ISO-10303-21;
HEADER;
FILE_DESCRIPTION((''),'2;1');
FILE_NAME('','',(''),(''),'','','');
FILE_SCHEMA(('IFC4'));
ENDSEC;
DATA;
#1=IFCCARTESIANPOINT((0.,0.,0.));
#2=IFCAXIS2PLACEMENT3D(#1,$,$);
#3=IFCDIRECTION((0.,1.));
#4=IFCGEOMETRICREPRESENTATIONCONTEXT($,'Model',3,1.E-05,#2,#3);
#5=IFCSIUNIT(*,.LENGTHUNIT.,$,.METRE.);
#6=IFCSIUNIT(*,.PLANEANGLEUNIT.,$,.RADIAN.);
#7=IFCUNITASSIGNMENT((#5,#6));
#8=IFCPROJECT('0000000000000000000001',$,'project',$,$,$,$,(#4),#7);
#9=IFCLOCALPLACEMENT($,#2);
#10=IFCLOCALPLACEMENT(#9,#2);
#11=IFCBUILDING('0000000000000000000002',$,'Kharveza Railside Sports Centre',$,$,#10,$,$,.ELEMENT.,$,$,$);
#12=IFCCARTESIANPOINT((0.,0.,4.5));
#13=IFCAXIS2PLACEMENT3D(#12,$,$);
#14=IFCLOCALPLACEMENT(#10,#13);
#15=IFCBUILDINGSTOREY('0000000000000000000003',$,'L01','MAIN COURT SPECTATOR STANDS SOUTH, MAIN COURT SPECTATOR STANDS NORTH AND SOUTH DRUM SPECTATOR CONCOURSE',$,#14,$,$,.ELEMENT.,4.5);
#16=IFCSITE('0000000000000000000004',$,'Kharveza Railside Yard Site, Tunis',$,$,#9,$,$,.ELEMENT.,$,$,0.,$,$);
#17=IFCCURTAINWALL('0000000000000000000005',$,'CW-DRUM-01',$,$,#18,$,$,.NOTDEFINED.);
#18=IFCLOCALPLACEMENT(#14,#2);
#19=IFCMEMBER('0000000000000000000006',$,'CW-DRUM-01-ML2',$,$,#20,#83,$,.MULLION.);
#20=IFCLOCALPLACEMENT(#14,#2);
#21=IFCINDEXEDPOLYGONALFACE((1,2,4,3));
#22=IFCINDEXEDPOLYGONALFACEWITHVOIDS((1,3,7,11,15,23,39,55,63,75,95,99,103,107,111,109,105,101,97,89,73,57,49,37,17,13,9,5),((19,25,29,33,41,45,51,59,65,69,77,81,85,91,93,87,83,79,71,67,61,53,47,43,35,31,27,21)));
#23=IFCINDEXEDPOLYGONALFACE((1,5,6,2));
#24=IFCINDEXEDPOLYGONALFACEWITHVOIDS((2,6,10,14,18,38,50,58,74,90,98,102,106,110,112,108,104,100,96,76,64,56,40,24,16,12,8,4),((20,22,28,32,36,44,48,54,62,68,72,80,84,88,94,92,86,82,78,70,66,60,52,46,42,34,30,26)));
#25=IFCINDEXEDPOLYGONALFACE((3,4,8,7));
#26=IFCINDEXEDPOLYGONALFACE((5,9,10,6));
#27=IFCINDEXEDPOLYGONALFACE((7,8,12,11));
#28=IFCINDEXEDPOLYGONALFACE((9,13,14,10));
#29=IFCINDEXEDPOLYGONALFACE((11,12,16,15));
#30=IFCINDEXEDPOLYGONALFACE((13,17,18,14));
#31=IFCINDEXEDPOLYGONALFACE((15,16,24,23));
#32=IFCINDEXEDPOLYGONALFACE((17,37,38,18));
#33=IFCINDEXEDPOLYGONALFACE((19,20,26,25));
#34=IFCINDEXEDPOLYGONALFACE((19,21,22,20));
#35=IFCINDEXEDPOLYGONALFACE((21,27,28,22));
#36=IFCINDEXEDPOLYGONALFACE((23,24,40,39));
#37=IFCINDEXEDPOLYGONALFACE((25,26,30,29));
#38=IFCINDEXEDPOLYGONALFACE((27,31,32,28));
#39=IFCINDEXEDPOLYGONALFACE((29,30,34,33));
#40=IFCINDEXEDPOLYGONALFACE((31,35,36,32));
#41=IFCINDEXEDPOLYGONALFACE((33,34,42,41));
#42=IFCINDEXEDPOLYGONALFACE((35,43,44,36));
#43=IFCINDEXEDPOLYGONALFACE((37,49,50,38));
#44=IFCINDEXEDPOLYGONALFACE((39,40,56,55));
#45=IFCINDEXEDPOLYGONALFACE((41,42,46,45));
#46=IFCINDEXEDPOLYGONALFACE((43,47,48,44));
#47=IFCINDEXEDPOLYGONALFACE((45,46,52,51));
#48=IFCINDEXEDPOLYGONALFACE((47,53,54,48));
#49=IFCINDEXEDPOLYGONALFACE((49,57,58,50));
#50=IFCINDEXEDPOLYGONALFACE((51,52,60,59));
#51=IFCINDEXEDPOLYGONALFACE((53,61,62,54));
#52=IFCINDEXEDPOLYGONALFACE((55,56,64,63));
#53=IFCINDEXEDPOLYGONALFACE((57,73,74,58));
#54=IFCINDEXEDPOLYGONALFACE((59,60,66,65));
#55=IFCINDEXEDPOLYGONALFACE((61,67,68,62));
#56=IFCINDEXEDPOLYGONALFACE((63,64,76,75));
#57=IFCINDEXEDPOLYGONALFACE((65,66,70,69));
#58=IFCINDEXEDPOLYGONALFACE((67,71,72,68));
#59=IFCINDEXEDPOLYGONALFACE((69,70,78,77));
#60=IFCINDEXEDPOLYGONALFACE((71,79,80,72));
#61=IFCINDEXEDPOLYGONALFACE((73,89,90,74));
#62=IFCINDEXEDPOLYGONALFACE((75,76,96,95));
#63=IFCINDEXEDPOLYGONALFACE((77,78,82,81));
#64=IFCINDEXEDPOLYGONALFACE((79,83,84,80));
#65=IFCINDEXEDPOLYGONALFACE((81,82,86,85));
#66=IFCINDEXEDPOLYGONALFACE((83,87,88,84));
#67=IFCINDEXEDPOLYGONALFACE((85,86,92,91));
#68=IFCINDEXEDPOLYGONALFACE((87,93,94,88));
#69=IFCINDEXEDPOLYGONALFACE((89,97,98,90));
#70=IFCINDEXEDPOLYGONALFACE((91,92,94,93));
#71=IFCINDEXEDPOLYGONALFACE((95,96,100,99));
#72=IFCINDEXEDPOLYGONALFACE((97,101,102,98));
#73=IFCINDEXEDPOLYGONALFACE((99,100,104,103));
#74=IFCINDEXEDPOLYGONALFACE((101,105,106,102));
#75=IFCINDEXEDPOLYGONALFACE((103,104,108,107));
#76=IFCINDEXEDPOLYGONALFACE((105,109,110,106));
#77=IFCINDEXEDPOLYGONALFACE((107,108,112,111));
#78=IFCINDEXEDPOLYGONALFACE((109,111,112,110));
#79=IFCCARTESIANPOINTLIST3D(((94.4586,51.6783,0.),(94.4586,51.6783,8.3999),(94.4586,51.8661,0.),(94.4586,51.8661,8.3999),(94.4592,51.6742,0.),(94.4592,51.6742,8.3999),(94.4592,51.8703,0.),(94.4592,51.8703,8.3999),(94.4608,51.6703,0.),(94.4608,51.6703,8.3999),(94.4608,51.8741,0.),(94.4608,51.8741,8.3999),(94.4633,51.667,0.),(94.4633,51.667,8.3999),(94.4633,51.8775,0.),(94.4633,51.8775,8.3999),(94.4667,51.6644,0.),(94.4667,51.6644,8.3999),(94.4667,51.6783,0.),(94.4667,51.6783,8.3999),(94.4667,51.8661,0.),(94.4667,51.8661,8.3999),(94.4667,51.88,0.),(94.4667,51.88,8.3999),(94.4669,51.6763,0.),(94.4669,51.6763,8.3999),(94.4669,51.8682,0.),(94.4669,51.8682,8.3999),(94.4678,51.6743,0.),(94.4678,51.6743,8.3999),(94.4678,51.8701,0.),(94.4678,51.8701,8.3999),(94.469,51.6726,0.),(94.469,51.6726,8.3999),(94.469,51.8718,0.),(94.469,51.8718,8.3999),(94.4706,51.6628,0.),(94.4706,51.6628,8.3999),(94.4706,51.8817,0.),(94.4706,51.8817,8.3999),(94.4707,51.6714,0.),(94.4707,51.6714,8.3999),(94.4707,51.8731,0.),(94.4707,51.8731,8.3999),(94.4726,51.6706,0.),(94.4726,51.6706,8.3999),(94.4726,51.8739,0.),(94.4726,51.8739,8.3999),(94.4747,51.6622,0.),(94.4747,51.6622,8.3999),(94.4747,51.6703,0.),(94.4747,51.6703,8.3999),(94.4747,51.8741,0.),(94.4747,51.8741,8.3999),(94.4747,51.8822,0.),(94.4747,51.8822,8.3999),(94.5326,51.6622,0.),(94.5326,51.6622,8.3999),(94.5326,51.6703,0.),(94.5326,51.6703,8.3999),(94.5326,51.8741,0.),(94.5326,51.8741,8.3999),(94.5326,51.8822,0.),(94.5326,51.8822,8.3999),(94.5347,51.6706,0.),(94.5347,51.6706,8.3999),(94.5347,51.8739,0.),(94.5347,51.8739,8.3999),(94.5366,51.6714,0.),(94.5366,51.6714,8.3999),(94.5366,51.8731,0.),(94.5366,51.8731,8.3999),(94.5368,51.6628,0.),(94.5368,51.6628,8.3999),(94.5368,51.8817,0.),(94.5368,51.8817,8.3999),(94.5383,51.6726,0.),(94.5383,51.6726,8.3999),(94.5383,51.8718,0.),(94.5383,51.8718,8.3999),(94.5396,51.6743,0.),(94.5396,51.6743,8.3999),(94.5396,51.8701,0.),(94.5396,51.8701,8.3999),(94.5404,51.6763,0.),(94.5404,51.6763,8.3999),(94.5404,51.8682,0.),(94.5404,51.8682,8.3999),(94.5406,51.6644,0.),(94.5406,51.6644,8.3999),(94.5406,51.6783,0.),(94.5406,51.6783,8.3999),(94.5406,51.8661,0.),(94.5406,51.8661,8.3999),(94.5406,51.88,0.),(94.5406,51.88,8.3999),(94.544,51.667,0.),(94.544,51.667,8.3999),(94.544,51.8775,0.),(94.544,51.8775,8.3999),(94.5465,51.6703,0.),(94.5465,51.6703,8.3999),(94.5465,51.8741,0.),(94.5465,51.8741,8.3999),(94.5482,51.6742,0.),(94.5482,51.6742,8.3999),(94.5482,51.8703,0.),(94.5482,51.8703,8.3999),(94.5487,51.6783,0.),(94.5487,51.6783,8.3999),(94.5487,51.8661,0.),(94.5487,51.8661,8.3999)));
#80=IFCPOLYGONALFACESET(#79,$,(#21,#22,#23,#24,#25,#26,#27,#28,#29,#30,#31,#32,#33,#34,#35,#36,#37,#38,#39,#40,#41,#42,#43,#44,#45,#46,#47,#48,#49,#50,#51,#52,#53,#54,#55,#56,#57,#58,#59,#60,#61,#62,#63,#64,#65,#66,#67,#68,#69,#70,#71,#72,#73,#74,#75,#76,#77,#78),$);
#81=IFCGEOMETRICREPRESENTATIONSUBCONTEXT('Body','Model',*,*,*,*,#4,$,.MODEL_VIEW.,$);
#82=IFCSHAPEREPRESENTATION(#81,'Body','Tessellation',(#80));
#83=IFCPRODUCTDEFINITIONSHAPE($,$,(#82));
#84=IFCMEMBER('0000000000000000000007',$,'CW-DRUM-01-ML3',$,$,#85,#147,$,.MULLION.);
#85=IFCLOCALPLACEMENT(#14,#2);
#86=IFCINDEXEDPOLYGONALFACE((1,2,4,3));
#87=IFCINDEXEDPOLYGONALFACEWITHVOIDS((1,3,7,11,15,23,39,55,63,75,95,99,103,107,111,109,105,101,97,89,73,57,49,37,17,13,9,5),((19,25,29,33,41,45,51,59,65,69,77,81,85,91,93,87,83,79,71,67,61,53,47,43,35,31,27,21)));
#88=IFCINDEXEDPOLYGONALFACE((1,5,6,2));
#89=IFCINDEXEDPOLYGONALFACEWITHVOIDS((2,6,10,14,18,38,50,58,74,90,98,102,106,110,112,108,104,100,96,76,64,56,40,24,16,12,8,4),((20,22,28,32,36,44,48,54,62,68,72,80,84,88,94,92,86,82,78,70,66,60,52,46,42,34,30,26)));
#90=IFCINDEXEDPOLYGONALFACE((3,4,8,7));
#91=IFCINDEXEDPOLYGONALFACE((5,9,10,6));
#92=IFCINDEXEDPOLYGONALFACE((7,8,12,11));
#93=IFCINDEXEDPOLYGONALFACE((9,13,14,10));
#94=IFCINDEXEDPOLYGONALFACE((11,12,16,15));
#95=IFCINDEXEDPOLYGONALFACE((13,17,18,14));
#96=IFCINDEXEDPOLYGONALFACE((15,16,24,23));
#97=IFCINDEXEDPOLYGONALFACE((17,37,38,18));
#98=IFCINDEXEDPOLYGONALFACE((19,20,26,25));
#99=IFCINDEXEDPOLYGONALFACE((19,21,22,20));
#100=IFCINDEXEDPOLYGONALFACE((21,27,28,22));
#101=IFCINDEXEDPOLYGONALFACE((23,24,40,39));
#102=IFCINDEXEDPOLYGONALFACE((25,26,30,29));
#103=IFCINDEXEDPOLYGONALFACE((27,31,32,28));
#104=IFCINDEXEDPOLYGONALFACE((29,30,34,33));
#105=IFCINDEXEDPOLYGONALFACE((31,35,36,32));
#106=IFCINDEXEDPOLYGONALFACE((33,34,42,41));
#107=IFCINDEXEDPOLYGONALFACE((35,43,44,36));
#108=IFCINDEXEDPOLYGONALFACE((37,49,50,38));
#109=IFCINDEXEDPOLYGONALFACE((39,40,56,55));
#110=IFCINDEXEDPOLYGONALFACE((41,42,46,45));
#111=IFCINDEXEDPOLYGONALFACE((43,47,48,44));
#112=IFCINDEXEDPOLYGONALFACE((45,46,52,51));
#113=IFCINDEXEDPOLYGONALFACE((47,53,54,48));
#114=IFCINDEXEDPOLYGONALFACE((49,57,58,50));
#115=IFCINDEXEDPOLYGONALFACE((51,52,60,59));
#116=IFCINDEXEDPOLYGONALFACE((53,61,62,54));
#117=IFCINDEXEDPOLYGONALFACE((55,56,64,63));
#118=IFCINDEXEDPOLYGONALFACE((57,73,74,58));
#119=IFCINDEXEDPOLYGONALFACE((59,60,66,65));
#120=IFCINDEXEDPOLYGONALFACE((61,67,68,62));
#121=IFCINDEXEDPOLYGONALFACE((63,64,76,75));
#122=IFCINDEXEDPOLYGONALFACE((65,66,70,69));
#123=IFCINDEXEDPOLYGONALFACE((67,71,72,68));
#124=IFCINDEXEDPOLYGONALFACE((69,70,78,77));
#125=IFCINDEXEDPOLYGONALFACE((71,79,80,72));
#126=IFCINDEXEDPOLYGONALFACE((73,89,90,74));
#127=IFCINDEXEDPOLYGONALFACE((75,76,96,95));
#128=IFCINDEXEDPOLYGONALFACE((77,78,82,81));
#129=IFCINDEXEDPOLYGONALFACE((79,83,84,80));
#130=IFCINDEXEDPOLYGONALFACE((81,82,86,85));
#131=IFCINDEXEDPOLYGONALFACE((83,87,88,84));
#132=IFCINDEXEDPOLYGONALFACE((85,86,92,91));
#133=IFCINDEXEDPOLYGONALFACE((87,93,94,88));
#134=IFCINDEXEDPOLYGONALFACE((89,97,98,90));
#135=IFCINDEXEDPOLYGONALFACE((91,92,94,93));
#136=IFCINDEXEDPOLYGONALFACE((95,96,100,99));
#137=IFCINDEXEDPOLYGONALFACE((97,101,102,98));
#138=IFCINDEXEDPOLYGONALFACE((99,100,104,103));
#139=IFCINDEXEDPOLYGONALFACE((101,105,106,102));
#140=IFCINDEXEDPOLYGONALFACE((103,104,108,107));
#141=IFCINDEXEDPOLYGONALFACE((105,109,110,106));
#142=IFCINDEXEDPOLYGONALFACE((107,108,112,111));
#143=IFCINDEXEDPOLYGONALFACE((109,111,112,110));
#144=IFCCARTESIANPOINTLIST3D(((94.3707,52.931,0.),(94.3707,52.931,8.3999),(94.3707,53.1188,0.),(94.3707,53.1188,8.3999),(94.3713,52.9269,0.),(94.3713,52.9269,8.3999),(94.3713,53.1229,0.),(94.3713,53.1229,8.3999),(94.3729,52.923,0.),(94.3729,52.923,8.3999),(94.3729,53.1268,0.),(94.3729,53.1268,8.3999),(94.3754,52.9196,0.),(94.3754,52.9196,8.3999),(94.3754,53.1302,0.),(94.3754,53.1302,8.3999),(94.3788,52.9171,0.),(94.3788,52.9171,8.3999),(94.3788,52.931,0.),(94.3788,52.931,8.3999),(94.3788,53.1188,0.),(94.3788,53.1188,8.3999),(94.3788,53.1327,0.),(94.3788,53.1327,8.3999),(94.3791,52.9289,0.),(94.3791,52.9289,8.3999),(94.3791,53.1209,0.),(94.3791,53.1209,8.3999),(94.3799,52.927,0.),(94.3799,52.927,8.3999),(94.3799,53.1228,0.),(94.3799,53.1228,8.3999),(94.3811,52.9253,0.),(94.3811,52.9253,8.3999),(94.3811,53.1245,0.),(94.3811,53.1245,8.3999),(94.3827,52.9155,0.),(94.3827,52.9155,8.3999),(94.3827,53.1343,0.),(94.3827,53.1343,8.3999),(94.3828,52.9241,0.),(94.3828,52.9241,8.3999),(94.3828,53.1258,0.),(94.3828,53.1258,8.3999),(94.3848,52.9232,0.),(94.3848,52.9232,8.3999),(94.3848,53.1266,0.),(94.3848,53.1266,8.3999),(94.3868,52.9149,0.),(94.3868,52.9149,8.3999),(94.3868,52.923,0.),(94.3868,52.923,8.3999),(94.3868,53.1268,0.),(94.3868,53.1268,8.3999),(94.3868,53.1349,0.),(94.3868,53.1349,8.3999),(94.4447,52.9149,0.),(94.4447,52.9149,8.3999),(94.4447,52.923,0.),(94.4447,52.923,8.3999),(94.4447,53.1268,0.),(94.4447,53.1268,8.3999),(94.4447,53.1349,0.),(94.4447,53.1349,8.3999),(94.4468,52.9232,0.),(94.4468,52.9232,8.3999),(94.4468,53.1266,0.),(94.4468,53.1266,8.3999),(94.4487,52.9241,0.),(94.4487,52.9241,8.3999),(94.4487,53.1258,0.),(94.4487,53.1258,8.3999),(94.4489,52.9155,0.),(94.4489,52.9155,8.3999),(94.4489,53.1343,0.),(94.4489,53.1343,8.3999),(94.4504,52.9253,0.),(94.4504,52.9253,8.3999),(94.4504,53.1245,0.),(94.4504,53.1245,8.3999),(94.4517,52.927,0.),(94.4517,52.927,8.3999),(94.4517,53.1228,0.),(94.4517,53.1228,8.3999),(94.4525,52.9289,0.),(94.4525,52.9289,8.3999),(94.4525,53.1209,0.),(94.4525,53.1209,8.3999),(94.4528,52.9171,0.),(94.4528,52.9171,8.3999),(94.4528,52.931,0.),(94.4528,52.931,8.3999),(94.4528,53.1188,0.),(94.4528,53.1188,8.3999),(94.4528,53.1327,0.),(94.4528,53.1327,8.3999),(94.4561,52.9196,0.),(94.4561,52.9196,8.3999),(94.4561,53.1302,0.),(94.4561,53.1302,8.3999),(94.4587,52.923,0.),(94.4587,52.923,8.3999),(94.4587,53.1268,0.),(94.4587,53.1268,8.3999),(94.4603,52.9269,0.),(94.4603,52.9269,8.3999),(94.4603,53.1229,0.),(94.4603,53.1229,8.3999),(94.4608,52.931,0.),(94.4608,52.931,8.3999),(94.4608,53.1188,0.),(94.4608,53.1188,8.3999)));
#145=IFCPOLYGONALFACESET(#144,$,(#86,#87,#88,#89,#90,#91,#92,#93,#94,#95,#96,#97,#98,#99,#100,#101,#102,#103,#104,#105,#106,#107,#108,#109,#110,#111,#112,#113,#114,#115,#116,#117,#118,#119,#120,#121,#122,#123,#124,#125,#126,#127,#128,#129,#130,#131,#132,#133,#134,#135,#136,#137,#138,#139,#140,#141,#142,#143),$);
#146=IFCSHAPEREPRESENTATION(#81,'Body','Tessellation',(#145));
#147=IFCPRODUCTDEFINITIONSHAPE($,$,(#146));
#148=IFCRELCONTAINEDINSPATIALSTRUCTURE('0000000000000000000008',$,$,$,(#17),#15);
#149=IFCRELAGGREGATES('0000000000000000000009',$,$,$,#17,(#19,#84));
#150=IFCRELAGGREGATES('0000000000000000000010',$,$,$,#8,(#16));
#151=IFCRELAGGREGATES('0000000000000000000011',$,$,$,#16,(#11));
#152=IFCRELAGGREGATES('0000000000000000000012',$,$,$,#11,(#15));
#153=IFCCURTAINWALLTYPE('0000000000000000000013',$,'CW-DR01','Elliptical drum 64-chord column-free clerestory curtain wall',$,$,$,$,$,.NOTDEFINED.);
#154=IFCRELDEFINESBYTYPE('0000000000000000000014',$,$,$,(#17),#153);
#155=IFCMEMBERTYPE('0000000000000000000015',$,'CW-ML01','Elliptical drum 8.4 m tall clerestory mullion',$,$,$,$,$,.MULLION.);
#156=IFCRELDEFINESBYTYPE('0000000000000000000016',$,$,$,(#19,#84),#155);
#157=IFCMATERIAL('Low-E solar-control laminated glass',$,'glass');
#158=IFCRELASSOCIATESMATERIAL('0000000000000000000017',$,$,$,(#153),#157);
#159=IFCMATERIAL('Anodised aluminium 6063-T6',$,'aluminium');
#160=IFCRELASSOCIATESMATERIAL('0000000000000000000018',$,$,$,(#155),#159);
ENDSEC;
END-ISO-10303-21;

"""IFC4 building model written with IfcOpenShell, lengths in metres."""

from ifc_helpers import new_model, si_unit, direction, frame, origin, origin_2d, place, context, subcontext, project, spatial, hollow_rectangle, extrude, material, material_profile, profile_set, type_object, element, aggregate, save


model = new_model("IFC4")

# Units and contexts
model_context = context("Model", 3, precision=1e-05, world=origin(), true_north=direction((0.0, 1.0)))
body_context = subcontext(model_context, "Body", "Model", "MODEL_VIEW")
ifc_project = project(units=[si_unit("LENGTHUNIT", "METRE"), si_unit("PLANEANGLEUNIT", "RADIAN")], contexts=[model_context])

# Site, building, storey
site_placement = place(None, origin())
site = spatial("IfcSite", under=ifc_project, at=site_placement, Name="Kharveza Railside Yard Site, Tunis", CompositionType="ELEMENT", RefElevation=0.0)
building_placement = place(site_placement, origin())
building = spatial("IfcBuilding", under=site, at=building_placement, Name="Kharveza Railside Sports Centre", CompositionType="ELEMENT")
storey_placement = place(building_placement, frame((0.0, 0.0, 4.5)))
storey = spatial("IfcBuildingStorey", under=building, at=storey_placement, Name="L01", Description="MAIN COURT SPECTATOR STANDS SOUTH, MAIN COURT SPECTATOR STANDS NORTH AND SOUTH DRUM SPECTATOR CONCOURSE", CompositionType="ELEMENT", Elevation=4.5)

# Curtain wall, members
ifc_material_1 = material(Name="Low-E solar-control laminated glass", Category="glass")
curtain_wall_type = type_object("IfcCurtainWallType", Name="CW-DR01", Description="Elliptical drum 64-chord column-free clerestory curtain wall", PredefinedType="NOTDEFINED", material=ifc_material_1)
curtain_wall_1_placement = place(storey_placement, origin())
curtain_wall_1 = element("IfcCurtainWall", 1, at=curtain_wall_1_placement, inside=storey, type_object=curtain_wall_type, Name="CW-DRUM-01", PredefinedType="NOTDEFINED")
ifc_material_2 = material(Name="Anodised aluminium 6063-T6", Category="aluminium")
ifc_material_profile_1 = material_profile(ifc_material_2, hollow_rectangle(XDim=0.0901, YDim=0.22, WallThickness=0.0081, InnerFilletRadius=0.0081, OuterFilletRadius=0.0161, at=origin_2d()), Name="RHS 90x220x8.0")
ifc_profile_set_1 = profile_set([ifc_material_profile_1], Name="Anodised aluminium 6063-T6")
member_type_1 = type_object("IfcMemberType", Name="CW-ML01", Description="Elliptical drum 8.4 m tall clerestory mullion", PredefinedType="MULLION", material=ifc_profile_set_1)
member_1_placement = place(storey_placement, frame((94.5037, 51.7722, 0.0), z_axis=(0.0, 0.0, 1.0), x_axis=(1.0, 0.0, 0.0)))
member_1 = element("IfcMember", 2, at=member_1_placement, type_object=member_type_1, Name="CW-DRUM-01-ML2", PredefinedType="MULLION", context=body_context, shape_type="SweptSolid", body=[
    extrude(hollow_rectangle(XDim=0.0901, YDim=0.22, WallThickness=0.0081, InnerFilletRadius=0.0081, OuterFilletRadius=0.0161, at=origin_2d()), origin(), (0.0, 0.0, 1.0), 8.3999),
])
member_2_placement = place(storey_placement, frame((94.4158, 53.0249, 0.0), z_axis=(0.0, 0.0, 1.0), x_axis=(1.0, 0.0, 0.0)))
member_2 = element("IfcMember", 3, at=member_2_placement, type_object=member_type_1, Name="CW-DRUM-01-ML3", PredefinedType="MULLION", context=body_context, shape_type="SweptSolid", body=[
    extrude(hollow_rectangle(XDim=0.0901, YDim=0.22, WallThickness=0.0081, InnerFilletRadius=0.0081, OuterFilletRadius=0.0161, at=origin_2d()), origin(), (0.0, 0.0, 1.0), 8.3999),
])

aggregate(curtain_wall_1, [member_1, member_2])

save(model, "model.ifc")
